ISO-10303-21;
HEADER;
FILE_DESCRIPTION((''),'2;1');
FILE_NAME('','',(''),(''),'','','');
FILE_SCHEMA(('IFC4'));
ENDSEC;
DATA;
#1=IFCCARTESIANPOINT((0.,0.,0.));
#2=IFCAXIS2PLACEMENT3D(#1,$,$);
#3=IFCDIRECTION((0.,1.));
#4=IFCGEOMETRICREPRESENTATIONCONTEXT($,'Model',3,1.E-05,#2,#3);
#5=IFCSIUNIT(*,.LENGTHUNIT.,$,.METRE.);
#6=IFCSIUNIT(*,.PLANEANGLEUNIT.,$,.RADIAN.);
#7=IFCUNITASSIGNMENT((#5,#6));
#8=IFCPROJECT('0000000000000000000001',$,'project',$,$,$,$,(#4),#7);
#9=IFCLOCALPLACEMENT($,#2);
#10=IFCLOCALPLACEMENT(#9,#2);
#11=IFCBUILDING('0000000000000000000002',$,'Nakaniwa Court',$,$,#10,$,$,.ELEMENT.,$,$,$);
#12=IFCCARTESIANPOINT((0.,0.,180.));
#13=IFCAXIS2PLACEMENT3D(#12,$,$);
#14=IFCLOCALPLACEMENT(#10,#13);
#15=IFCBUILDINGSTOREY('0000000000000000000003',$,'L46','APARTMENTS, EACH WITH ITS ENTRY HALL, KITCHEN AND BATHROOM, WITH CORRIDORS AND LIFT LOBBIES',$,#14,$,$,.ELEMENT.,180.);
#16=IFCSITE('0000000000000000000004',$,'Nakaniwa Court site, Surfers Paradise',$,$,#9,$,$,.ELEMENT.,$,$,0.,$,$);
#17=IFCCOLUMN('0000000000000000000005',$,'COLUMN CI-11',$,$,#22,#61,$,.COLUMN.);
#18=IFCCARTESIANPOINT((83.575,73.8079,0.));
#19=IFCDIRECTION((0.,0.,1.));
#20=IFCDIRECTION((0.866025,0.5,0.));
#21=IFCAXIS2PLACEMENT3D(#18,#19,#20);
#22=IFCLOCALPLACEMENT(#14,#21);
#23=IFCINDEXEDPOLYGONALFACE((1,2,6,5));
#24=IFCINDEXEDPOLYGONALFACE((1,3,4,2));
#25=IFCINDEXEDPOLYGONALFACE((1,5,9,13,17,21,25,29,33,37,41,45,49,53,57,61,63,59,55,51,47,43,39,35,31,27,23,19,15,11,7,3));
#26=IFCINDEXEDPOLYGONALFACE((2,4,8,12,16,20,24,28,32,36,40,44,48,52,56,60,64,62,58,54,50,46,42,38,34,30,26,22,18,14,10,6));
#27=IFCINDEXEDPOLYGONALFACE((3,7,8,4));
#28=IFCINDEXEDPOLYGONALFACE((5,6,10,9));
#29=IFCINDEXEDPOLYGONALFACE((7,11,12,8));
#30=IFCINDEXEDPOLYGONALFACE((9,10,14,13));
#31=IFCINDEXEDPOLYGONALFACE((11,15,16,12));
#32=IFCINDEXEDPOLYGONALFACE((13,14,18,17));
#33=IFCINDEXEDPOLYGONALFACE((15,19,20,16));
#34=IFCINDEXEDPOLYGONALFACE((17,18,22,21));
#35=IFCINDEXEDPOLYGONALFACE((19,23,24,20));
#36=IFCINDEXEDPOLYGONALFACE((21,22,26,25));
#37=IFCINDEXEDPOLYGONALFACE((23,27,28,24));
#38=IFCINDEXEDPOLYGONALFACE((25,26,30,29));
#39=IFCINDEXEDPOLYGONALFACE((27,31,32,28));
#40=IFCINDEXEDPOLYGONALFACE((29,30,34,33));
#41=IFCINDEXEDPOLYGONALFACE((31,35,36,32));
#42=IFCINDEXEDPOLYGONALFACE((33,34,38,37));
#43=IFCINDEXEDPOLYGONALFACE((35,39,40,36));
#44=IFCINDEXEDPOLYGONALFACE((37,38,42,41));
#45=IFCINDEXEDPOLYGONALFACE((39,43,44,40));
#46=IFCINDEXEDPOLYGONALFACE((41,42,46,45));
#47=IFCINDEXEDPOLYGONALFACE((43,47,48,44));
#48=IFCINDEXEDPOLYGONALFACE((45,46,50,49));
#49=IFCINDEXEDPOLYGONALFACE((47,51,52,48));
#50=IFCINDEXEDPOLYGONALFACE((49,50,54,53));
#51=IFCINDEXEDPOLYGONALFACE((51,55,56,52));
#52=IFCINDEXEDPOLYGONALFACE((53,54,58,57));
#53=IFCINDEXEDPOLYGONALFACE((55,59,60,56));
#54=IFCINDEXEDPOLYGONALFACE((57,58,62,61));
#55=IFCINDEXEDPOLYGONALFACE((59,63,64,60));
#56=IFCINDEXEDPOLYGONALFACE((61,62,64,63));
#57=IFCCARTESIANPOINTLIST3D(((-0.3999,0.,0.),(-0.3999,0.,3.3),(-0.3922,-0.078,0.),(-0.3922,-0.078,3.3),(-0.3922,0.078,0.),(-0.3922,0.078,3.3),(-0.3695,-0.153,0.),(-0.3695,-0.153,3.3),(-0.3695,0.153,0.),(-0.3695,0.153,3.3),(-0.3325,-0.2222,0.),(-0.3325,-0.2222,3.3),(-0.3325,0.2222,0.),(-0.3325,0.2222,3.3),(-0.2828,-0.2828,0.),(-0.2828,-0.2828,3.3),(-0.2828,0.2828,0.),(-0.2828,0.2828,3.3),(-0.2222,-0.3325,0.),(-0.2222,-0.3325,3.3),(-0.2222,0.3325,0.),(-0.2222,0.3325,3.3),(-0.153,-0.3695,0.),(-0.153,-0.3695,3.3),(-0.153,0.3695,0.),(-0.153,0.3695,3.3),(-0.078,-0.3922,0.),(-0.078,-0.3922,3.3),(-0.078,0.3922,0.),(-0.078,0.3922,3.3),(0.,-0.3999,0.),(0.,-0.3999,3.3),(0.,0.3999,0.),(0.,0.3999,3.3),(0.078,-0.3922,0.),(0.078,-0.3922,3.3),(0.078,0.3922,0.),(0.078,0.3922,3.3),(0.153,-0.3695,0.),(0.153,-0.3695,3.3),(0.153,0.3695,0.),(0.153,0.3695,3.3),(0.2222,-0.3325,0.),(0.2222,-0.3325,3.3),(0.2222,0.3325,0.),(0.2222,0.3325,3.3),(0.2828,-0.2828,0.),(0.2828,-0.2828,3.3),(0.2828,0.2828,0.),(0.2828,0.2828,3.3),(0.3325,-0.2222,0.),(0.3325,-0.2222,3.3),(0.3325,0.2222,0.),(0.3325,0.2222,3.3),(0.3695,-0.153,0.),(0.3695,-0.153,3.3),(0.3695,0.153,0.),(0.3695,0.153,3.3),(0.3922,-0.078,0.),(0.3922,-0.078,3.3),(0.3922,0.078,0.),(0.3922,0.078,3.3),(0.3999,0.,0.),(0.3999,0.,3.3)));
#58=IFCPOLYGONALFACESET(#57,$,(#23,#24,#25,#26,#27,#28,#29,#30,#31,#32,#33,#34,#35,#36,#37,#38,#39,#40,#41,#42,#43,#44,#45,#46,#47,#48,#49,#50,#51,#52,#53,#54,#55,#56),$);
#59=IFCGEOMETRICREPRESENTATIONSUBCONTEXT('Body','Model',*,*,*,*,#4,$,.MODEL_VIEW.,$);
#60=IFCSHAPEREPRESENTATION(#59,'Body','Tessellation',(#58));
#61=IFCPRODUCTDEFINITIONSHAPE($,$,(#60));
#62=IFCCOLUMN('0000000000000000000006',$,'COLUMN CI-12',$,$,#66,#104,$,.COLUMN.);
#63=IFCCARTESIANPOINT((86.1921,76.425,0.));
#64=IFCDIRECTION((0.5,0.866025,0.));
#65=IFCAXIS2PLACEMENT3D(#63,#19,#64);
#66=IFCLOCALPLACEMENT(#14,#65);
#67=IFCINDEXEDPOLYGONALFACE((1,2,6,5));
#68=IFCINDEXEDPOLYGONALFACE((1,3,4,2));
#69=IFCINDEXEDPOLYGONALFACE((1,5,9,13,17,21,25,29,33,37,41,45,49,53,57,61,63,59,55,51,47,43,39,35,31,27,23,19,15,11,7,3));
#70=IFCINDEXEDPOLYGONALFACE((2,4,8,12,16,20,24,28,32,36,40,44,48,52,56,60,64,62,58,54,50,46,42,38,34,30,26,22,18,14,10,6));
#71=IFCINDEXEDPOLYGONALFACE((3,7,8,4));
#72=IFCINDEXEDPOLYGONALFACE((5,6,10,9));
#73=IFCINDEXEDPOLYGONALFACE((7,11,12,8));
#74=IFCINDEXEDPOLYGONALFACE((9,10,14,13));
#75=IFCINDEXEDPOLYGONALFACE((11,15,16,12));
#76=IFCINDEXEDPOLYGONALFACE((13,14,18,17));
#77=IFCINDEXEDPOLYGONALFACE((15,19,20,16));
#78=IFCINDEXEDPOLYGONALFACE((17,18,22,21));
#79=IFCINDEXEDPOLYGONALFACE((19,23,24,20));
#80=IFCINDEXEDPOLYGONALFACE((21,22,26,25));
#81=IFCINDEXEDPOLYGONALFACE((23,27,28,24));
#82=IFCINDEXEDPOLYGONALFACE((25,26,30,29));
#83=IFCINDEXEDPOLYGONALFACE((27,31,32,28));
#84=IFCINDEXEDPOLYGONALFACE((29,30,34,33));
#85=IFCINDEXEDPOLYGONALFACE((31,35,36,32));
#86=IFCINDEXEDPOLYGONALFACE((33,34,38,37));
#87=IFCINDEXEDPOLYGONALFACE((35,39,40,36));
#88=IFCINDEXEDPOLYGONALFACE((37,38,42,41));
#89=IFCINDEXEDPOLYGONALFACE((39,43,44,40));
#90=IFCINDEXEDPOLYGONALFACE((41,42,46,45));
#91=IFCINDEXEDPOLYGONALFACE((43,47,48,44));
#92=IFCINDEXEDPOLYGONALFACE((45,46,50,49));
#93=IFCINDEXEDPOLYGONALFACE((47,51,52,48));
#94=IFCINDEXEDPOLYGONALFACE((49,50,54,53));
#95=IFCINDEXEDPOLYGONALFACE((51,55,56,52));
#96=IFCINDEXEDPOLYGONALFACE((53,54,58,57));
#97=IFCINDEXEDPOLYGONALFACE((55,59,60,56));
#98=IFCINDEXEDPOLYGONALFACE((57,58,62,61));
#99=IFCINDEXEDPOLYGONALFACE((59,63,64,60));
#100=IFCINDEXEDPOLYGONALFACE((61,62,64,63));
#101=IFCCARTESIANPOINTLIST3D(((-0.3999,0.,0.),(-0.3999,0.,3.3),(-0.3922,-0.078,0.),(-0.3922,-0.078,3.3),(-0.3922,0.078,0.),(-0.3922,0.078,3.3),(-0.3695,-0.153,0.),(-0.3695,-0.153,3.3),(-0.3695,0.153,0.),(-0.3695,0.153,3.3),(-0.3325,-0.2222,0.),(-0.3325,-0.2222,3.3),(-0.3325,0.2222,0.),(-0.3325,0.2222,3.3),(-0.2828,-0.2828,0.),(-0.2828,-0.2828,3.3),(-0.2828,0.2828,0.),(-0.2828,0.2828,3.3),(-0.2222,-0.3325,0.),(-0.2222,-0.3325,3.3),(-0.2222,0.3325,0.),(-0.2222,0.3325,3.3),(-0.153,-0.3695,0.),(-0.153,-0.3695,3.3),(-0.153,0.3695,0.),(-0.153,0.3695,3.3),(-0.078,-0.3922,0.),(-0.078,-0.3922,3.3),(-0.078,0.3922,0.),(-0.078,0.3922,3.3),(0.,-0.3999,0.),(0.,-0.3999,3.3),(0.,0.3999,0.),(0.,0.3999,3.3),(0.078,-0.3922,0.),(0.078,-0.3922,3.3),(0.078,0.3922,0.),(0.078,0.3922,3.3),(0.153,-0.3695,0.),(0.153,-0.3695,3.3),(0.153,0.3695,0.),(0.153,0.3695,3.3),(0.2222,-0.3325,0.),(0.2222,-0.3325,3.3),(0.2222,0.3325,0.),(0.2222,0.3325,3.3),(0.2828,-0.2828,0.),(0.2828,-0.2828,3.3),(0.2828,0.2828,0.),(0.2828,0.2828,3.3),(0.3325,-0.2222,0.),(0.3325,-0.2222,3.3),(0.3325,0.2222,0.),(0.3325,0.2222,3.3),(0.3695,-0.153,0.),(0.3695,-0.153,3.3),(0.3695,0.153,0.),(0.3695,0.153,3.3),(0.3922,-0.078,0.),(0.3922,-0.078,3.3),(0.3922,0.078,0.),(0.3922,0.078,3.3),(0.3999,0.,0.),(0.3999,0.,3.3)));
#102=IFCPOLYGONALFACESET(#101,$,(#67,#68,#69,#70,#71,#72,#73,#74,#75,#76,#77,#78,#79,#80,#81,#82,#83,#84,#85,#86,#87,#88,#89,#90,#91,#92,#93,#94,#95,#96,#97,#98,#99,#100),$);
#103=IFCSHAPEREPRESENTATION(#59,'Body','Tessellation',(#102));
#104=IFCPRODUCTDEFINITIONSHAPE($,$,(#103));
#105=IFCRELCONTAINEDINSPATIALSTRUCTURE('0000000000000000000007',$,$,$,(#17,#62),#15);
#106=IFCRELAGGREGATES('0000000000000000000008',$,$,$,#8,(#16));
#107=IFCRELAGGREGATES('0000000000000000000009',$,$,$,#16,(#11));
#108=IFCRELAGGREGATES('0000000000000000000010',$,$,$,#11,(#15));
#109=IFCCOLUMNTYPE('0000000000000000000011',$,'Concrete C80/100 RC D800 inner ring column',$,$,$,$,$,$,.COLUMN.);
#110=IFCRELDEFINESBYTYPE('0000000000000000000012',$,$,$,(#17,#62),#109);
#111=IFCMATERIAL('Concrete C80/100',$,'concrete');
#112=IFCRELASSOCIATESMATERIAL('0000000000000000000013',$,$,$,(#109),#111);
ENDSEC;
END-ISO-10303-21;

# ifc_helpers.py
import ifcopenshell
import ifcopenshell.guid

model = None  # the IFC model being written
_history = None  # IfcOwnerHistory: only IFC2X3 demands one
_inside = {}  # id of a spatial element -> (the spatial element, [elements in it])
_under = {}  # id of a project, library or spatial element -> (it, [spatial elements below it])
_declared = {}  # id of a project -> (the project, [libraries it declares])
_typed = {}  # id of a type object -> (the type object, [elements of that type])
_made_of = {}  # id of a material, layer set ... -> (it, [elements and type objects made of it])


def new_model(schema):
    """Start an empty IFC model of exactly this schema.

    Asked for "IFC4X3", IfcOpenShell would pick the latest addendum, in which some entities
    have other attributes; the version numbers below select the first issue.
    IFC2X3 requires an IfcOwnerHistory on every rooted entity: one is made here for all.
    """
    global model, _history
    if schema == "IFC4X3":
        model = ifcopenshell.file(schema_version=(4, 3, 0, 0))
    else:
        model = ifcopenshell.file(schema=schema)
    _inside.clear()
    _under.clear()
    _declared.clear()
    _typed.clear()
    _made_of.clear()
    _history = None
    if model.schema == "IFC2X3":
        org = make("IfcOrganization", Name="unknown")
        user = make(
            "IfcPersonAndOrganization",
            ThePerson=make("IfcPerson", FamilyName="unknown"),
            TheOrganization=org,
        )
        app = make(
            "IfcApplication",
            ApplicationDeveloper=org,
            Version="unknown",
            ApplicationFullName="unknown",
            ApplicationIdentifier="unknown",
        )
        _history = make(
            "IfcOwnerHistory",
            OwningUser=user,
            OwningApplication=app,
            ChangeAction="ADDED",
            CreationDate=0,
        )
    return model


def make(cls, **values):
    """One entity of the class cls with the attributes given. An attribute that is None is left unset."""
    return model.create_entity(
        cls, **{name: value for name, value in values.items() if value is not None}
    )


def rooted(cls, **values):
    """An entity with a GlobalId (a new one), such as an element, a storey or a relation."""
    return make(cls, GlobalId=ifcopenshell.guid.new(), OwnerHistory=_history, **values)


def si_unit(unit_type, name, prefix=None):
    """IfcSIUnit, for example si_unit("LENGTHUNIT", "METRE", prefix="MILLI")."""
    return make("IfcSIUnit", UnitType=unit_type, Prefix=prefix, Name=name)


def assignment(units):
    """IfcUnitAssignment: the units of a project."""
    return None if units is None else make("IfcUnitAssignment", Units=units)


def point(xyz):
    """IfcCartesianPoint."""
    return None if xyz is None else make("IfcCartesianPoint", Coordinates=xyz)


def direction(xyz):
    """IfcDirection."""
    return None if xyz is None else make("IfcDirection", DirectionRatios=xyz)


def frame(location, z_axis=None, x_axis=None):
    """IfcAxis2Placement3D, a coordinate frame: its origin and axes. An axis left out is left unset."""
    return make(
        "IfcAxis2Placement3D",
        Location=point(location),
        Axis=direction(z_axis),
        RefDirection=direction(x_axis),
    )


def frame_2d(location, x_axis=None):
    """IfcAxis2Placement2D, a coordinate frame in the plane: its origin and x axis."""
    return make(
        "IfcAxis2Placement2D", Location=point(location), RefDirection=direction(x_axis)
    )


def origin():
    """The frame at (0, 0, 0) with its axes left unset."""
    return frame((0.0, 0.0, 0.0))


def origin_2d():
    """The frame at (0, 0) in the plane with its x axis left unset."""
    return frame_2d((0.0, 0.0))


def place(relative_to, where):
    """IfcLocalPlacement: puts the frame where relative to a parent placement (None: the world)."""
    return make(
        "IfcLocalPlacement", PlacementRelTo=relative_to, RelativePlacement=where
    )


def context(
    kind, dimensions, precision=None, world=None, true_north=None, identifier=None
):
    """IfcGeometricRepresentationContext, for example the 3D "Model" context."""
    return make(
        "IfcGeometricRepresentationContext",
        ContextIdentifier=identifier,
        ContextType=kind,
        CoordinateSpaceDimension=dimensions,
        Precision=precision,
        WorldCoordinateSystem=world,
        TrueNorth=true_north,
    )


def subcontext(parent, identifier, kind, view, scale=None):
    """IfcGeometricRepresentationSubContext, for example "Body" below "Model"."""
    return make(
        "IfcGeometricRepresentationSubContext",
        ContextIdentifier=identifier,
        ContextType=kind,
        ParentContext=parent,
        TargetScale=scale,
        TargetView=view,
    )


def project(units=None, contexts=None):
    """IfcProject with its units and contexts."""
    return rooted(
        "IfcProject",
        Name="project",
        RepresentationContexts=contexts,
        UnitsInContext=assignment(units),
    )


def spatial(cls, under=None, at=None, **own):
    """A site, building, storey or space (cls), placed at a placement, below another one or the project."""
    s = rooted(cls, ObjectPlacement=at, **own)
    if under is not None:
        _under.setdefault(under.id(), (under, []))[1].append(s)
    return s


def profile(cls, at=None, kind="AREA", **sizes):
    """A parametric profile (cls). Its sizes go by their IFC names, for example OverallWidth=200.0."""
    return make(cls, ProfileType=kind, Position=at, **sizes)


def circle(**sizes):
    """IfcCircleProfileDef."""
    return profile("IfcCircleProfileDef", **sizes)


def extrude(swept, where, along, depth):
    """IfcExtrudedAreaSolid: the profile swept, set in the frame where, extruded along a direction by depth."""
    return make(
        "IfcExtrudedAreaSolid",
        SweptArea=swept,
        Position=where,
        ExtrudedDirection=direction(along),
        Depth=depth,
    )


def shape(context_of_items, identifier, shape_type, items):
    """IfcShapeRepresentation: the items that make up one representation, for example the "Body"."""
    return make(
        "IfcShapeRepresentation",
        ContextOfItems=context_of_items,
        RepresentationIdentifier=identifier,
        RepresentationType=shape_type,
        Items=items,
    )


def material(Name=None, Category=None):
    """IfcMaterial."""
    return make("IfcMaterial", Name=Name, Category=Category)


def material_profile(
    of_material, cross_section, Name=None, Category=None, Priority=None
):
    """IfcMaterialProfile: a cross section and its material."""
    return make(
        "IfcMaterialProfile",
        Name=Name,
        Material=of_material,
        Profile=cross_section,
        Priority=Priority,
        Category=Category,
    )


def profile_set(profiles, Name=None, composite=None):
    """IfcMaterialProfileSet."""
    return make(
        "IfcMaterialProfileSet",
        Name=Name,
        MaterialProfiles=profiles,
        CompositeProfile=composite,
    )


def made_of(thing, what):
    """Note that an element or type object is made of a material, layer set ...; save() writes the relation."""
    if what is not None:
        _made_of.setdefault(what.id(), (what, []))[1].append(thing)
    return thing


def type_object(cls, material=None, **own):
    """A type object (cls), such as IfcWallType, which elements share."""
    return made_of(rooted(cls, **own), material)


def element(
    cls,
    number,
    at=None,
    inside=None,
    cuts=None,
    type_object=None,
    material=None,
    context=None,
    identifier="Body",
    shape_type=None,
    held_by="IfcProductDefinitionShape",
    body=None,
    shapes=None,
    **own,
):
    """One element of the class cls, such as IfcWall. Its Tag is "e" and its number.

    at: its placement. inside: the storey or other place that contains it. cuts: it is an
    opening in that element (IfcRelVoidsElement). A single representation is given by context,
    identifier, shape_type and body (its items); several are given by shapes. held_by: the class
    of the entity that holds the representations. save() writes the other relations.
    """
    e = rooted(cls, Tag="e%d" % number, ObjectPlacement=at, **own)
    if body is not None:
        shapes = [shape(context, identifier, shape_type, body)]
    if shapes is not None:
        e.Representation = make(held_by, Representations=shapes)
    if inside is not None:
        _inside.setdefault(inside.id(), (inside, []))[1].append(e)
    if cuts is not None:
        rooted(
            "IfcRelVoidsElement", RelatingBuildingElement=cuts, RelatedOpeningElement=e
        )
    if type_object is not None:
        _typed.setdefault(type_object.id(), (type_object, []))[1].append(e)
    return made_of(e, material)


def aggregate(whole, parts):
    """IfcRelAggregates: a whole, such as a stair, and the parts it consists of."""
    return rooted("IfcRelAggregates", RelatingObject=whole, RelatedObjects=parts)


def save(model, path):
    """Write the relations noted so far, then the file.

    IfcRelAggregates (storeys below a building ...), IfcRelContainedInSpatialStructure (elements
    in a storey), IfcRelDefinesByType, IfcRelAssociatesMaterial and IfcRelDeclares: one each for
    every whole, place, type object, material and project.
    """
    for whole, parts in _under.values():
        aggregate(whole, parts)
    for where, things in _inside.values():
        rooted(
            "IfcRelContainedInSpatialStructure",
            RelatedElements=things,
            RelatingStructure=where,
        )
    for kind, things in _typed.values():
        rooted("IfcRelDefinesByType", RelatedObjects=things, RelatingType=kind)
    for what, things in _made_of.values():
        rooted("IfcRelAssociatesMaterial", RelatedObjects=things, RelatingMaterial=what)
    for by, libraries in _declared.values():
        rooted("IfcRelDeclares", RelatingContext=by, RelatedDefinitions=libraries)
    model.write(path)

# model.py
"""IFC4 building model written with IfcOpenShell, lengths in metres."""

from ifc_helpers import new_model, si_unit, direction, frame, origin, origin_2d, place, context, subcontext, project, spatial, circle, extrude, material, material_profile, profile_set, type_object, element, save


model = new_model("IFC4")

# Units and contexts
model_context = context("Model", 3, precision=1e-05, world=origin(), true_north=direction((0.0, 1.0)))
body_context = subcontext(model_context, "Body", "Model", "MODEL_VIEW")
ifc_project = project(units=[si_unit("LENGTHUNIT", "METRE"), si_unit("PLANEANGLEUNIT", "RADIAN")], contexts=[model_context])

# Site, building, storey
site_placement = place(None, origin())
site = spatial("IfcSite", under=ifc_project, at=site_placement, Name="Nakaniwa Court site, Surfers Paradise", CompositionType="ELEMENT", RefElevation=0.0)
building_placement = place(site_placement, origin())
building = spatial("IfcBuilding", under=site, at=building_placement, Name="Nakaniwa Court", CompositionType="ELEMENT")
storey_placement = place(building_placement, frame((0.0, 0.0, 180.0)))
storey = spatial("IfcBuildingStorey", under=building, at=storey_placement, Name="L46", Description="APARTMENTS, EACH WITH ITS ENTRY HALL, KITCHEN AND BATHROOM, WITH CORRIDORS AND LIFT LOBBIES", CompositionType="ELEMENT", Elevation=180.0)

# Columns
ifc_material_1 = material(Name="Concrete C80/100", Category="concrete")
ifc_material_profile_1 = material_profile(ifc_material_1, circle(Radius=0.3999, at=origin_2d()), Name="Concrete C80/100 RC D800 inner ring column")
ifc_profile_set_1 = profile_set([ifc_material_profile_1], Name="Concrete C80/100")
column_type = type_object("IfcColumnType", Name="Concrete C80/100 RC D800 inner ring column", PredefinedType="COLUMN", material=ifc_profile_set_1)
for number, where, z_axis, x_axis, name in (
    (1, (83.575, 73.8079, 0.0), (0.0, 0.0, 1.0), (0.866025, 0.5, 0.0), "COLUMN CI-11"),
    (2, (86.1921, 76.425, 0.0), (0.0, 0.0, 1.0), (0.5, 0.866025, 0.0), "COLUMN CI-12"),
):
    element("IfcColumn", number, at=place(storey_placement, frame(where, z_axis=z_axis, x_axis=x_axis)), inside=storey, type_object=column_type, Name=name, PredefinedType="COLUMN", context=body_context, shape_type="SweptSolid", body=[
        extrude(circle(Radius=0.3999, at=origin_2d()), origin(), (0.0, 0.0, 1.0), 3.3),
    ])

save(model, "model.ifc")
